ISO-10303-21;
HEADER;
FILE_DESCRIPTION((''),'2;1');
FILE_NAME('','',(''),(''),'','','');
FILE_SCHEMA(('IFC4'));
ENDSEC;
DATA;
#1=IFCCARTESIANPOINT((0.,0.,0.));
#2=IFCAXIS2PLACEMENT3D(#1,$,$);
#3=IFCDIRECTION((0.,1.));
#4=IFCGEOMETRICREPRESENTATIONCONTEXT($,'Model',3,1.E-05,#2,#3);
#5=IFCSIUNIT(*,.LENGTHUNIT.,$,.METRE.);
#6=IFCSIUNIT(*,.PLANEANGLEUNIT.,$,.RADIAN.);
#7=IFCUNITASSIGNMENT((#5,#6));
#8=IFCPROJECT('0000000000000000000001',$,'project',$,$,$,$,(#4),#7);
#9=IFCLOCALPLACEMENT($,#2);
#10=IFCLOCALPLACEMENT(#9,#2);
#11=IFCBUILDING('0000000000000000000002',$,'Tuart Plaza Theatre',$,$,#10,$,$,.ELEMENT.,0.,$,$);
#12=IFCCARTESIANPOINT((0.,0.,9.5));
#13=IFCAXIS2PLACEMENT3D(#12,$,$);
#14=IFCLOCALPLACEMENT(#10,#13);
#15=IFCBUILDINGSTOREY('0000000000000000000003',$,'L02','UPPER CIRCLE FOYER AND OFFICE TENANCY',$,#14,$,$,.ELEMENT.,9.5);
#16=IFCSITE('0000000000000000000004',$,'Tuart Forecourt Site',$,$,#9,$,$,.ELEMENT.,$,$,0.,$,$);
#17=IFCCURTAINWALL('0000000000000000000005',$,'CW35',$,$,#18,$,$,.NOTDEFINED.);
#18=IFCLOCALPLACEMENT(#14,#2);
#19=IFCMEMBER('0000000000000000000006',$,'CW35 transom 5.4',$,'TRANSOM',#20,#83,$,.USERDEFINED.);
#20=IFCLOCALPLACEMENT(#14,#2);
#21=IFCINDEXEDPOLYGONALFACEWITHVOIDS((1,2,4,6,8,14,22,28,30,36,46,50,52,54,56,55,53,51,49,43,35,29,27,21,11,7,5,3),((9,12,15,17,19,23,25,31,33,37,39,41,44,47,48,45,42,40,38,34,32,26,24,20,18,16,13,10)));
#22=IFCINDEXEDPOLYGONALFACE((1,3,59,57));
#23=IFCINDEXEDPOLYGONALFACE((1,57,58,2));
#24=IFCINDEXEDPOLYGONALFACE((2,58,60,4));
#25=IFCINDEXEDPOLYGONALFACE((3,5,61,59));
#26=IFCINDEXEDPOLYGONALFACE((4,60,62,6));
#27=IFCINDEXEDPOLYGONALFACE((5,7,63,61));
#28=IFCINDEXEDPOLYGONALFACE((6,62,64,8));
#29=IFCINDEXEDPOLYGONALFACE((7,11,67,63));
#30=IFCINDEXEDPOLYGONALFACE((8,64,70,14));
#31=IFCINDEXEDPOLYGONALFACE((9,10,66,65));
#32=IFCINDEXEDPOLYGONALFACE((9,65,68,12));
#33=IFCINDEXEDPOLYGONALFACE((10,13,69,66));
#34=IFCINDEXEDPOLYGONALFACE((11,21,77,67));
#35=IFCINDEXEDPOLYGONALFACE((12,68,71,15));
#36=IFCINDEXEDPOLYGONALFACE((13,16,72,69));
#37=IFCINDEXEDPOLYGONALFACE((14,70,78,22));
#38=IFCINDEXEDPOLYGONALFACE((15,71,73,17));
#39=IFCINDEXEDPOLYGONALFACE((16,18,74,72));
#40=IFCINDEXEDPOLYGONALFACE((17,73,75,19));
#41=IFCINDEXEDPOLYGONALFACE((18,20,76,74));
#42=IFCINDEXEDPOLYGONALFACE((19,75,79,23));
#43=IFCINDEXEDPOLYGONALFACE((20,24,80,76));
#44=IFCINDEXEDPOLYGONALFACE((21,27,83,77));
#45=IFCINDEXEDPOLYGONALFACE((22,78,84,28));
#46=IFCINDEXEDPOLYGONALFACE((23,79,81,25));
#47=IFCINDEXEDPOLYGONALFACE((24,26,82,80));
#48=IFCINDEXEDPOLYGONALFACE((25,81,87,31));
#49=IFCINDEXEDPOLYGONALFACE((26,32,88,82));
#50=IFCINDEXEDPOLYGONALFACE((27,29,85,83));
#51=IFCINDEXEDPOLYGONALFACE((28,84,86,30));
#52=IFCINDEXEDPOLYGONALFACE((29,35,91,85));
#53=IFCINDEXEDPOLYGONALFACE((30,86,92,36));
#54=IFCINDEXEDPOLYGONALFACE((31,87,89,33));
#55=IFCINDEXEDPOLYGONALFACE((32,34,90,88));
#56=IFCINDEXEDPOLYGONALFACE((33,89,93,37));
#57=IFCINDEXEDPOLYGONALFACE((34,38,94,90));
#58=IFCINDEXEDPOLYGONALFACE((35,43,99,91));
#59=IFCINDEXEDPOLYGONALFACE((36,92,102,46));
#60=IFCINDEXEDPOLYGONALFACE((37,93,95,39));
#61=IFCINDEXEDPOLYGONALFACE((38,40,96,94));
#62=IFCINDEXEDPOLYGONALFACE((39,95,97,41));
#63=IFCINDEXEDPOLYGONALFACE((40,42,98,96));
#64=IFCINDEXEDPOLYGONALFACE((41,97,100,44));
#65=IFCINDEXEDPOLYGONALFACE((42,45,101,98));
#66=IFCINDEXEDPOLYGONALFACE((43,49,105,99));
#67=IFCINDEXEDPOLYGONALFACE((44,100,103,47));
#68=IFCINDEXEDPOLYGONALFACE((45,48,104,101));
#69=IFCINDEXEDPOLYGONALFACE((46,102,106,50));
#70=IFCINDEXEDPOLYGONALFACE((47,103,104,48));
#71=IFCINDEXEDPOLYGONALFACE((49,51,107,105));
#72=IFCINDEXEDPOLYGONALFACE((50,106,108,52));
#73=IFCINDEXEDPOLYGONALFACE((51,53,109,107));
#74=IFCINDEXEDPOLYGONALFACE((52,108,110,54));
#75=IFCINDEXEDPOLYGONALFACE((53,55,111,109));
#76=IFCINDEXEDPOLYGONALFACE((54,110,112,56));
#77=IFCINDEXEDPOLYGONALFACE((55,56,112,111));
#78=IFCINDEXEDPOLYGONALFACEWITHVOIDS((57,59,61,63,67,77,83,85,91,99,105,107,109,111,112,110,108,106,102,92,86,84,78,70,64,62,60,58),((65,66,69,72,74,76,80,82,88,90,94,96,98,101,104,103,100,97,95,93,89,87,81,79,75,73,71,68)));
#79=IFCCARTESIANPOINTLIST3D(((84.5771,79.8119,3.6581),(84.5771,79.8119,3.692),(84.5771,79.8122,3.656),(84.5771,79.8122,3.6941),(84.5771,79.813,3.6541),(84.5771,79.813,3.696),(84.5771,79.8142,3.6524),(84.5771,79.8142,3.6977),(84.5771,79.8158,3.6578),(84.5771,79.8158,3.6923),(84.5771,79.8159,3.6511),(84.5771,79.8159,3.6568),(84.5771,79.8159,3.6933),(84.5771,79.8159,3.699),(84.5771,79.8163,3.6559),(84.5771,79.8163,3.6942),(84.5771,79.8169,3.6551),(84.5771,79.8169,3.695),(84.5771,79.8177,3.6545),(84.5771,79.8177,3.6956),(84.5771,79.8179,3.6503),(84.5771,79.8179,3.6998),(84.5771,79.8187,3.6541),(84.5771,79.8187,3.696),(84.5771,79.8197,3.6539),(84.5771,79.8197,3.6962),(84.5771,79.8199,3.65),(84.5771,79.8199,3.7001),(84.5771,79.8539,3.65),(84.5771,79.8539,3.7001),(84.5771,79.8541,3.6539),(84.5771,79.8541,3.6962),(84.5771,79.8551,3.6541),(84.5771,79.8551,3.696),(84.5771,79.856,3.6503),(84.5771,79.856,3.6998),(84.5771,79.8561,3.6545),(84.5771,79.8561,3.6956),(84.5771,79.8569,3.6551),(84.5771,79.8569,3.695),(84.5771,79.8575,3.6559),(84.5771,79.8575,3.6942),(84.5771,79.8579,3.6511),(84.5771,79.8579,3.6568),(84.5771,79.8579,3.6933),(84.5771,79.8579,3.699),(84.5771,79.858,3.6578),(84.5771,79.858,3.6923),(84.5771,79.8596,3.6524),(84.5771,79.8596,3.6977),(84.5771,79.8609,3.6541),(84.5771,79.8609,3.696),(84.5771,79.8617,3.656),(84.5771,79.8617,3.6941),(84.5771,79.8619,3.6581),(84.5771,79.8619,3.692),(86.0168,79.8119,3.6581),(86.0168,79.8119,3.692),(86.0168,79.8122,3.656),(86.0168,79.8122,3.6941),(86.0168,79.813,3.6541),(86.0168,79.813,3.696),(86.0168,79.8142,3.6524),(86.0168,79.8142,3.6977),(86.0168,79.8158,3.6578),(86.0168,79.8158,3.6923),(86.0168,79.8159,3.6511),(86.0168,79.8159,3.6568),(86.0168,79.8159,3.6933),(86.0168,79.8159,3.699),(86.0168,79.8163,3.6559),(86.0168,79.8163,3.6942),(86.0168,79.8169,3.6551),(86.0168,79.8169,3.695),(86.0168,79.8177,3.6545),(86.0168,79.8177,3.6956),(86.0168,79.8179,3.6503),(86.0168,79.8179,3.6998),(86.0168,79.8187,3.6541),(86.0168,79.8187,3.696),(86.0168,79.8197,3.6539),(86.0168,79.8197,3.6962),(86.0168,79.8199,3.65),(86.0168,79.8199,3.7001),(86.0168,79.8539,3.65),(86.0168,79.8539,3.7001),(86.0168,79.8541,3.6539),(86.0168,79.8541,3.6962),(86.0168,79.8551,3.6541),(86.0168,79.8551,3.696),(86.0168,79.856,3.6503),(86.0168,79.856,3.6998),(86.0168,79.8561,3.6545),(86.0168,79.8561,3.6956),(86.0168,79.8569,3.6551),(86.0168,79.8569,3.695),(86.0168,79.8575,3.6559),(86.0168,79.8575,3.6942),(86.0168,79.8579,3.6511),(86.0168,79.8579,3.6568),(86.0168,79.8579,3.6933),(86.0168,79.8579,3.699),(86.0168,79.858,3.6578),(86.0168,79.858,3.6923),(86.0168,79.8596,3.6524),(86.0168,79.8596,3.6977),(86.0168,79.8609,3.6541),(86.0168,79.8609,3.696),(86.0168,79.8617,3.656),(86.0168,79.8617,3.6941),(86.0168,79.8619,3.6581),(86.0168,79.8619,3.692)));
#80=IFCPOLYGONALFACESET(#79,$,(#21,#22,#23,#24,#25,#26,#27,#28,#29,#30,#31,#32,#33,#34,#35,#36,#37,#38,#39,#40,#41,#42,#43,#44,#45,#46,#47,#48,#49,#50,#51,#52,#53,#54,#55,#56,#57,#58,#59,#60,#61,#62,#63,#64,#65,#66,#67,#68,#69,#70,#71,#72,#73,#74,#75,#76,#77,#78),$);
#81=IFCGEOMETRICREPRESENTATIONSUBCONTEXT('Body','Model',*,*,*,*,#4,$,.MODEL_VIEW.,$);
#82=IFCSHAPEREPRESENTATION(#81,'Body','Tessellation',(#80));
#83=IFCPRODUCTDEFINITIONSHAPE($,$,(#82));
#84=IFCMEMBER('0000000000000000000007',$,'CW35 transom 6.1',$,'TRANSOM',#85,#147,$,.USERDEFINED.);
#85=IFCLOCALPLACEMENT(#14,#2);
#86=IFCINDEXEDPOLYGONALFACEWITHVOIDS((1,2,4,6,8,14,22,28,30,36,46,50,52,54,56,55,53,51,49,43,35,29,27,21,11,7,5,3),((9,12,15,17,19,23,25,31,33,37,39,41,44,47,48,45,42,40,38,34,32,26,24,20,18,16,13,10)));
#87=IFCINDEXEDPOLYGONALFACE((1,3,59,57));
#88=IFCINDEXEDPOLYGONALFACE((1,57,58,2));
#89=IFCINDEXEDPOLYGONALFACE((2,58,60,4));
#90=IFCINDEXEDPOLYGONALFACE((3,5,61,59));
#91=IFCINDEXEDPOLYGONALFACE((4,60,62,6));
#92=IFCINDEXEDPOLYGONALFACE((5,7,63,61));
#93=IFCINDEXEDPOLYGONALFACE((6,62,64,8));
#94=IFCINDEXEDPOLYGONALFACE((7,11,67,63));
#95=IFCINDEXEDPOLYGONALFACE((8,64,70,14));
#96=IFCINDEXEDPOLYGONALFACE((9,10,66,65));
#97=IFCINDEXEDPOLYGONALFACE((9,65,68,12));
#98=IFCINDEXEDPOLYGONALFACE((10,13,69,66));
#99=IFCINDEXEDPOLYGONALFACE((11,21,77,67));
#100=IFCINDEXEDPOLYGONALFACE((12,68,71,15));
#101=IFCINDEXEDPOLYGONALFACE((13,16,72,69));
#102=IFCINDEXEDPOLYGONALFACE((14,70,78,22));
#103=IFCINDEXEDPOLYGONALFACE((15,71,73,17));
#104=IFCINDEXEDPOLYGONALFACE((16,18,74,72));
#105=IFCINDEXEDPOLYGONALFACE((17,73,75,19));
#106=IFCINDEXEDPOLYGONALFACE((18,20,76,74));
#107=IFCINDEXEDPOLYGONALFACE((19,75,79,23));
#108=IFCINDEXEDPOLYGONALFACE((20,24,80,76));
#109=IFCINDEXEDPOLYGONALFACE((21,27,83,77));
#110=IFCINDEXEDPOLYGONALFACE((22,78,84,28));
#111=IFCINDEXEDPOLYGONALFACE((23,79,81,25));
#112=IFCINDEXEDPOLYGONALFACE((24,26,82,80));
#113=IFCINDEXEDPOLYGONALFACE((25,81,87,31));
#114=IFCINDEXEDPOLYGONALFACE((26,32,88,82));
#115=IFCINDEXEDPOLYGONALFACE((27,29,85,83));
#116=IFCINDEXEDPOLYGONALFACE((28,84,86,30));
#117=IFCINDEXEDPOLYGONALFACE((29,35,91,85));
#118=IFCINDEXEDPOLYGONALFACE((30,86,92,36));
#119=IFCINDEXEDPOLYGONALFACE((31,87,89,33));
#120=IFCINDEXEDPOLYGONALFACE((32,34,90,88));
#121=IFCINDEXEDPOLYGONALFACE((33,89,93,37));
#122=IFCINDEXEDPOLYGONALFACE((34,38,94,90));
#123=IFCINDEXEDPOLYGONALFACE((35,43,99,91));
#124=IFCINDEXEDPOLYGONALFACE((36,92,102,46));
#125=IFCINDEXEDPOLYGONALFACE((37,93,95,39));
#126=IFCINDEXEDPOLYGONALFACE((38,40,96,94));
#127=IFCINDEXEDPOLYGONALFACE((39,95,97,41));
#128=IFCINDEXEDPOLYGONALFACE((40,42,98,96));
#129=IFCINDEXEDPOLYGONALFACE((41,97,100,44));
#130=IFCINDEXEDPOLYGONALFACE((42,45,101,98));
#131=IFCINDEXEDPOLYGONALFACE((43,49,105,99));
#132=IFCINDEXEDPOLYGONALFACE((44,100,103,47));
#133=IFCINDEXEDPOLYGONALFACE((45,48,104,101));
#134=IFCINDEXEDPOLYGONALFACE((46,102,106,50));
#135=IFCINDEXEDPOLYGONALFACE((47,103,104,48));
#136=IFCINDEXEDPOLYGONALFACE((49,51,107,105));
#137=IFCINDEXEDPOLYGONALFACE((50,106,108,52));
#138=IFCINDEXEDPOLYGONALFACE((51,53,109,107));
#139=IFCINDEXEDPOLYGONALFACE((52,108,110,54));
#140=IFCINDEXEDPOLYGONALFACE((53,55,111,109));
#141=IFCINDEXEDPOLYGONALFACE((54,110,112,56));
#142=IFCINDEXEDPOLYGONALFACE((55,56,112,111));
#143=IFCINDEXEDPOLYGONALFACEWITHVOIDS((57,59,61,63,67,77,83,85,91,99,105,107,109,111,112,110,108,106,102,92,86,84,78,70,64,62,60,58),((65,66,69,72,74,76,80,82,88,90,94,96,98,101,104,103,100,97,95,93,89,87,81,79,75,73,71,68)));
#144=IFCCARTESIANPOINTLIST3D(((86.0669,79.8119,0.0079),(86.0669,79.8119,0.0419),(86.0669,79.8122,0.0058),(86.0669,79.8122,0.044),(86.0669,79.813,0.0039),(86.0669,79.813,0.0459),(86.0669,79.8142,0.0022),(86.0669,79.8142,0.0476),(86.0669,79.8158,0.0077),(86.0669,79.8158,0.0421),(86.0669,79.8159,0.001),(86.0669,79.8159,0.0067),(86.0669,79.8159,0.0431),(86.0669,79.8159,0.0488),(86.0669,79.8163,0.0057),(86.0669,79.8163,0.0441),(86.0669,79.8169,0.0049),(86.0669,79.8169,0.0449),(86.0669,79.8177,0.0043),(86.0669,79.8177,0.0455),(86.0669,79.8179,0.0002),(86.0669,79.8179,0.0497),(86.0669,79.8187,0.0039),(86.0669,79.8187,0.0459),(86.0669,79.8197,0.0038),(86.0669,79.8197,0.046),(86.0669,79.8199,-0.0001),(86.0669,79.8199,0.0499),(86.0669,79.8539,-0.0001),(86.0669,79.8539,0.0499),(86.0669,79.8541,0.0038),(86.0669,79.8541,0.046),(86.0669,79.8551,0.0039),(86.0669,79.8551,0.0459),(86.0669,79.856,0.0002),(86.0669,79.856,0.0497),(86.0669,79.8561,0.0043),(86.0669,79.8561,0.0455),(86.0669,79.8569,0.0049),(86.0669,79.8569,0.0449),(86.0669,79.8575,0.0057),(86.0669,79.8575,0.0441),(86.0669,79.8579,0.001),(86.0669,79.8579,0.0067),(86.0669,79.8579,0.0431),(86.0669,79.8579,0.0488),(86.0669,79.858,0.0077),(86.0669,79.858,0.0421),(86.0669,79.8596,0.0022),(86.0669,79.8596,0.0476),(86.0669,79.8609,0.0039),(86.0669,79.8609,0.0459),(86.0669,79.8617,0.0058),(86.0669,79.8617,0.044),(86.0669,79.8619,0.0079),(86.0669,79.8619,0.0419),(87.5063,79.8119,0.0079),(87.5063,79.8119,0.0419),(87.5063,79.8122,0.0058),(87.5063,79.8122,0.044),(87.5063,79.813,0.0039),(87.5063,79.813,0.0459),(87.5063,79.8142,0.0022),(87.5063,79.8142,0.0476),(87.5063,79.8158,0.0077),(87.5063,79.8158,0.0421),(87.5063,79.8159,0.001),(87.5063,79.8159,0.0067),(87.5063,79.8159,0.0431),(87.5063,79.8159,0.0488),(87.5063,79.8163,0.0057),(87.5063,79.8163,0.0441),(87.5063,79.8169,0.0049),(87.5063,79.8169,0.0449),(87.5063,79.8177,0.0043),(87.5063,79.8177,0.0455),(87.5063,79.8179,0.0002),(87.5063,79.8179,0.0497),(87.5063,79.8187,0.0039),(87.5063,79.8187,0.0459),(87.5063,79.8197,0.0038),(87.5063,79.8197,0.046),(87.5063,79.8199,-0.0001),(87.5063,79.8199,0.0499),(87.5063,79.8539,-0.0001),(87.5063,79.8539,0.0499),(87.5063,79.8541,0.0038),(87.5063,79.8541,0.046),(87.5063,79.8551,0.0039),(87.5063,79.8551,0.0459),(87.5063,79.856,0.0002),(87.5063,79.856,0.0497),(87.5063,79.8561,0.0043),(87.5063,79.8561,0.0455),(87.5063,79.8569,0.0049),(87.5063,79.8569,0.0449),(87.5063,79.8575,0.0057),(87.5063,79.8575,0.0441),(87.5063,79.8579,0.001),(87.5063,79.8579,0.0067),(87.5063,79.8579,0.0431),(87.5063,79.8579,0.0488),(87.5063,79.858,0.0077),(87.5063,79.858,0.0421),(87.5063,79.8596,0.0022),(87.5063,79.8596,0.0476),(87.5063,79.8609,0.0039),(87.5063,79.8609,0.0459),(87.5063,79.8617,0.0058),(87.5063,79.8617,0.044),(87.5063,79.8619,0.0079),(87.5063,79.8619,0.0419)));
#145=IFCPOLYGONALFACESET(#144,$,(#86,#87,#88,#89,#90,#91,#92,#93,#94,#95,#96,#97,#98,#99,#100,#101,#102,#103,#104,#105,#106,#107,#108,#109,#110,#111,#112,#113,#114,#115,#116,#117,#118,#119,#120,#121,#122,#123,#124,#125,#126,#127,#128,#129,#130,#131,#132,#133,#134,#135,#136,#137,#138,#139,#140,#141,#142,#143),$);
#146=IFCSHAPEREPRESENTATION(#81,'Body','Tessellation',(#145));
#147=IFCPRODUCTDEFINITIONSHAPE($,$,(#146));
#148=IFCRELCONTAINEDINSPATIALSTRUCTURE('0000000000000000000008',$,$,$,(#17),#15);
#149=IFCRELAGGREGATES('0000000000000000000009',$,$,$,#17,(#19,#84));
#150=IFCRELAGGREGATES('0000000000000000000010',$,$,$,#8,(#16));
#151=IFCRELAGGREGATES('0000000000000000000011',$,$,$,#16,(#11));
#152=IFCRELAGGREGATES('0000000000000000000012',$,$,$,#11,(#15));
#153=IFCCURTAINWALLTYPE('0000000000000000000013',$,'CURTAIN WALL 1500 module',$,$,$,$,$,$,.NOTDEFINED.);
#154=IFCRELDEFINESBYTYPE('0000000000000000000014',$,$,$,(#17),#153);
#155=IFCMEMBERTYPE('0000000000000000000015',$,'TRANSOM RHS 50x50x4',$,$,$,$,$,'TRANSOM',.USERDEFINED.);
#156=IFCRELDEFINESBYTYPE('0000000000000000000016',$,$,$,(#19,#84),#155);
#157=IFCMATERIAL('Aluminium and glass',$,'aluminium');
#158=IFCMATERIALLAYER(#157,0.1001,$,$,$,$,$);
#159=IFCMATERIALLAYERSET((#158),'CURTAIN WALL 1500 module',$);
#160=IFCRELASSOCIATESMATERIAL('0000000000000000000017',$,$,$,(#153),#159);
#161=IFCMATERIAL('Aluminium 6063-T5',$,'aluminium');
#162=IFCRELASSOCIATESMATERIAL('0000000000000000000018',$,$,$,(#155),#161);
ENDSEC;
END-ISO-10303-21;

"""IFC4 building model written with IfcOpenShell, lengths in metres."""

from ifc_helpers import new_model, si_unit, direction, frame, origin, origin_2d, place, context, subcontext, project, spatial, hollow_rectangle, extrude, material, layer, layer_set, material_profile, profile_set, type_object, element, aggregate, save


model = new_model("IFC4")

# Units and contexts
model_context = context("Model", 3, precision=1e-05, world=origin(), true_north=direction((0.0, 1.0)))
body_context = subcontext(model_context, "Body", "Model", "MODEL_VIEW")
ifc_project = project(units=[si_unit("LENGTHUNIT", "METRE"), si_unit("PLANEANGLEUNIT", "RADIAN")], contexts=[model_context])

# Site, building, storey
site_placement = place(None, origin())
site = spatial("IfcSite", under=ifc_project, at=site_placement, Name="Tuart Forecourt Site", CompositionType="ELEMENT", RefElevation=0.0)
building_placement = place(site_placement, origin())
building = spatial("IfcBuilding", under=site, at=building_placement, Name="Tuart Plaza Theatre", CompositionType="ELEMENT", ElevationOfRefHeight=0.0)
storey_placement = place(building_placement, frame((0.0, 0.0, 9.5)))
storey = spatial("IfcBuildingStorey", under=building, at=storey_placement, Name="L02", Description="UPPER CIRCLE FOYER AND OFFICE TENANCY", CompositionType="ELEMENT", Elevation=9.5)

# Curtain wall, members
ifc_material_1 = material(Name="Aluminium and glass", Category="aluminium")
ifc_layer_1 = layer(ifc_material_1, 0.1001)
ifc_layer_set_1 = layer_set([ifc_layer_1], Name="CURTAIN WALL 1500 module")
curtain_wall_type = type_object("IfcCurtainWallType", Name="CURTAIN WALL 1500 module", PredefinedType="NOTDEFINED", material=ifc_layer_set_1)
curtain_wall_placement = place(storey_placement, origin())
curtain_wall = element("IfcCurtainWall", 1, at=curtain_wall_placement, inside=storey, type_object=curtain_wall_type, Name="CW35", PredefinedType="NOTDEFINED")
ifc_material_2 = material(Name="Aluminium 6063-T5", Category="aluminium")
ifc_material_profile_1 = material_profile(ifc_material_2, hollow_rectangle(XDim=0.05, YDim=0.05, WallThickness=0.0039, InnerFilletRadius=0.0039, OuterFilletRadius=0.0081, at=origin_2d()), Name="RHS 50x50x4")
ifc_profile_set_1 = profile_set([ifc_material_profile_1], Name="Aluminium 6063-T5")
member_type_1 = type_object("IfcMemberType", Name="TRANSOM RHS 50x50x4", ElementType="TRANSOM", PredefinedType="USERDEFINED", material=ifc_profile_set_1)
member_1_placement = place(storey_placement, frame((84.5771, 79.8369, 3.675), z_axis=(1.0, 0.0, 0.0), x_axis=(0.0, 1.0, 0.0)))
member_1 = element("IfcMember", 2, at=member_1_placement, type_object=member_type_1, Name="CW35 transom 5.4", ObjectType="TRANSOM", PredefinedType="USERDEFINED", context=body_context, shape_type="SweptSolid", body=[
    extrude(hollow_rectangle(XDim=0.05, YDim=0.05, WallThickness=0.0039, InnerFilletRadius=0.0039, OuterFilletRadius=0.0081, at=origin_2d()), origin(), (0.0, 0.0, 1.0), 1.4397),
])
member_2_placement = place(storey_placement, frame((86.0669, 79.8369, 0.0249), z_axis=(1.0, 0.0, 0.0), x_axis=(0.0, 1.0, 0.0)))
member_2 = element("IfcMember", 3, at=member_2_placement, type_object=member_type_1, Name="CW35 transom 6.1", ObjectType="TRANSOM", PredefinedType="USERDEFINED", context=body_context, shape_type="SweptSolid", body=[
    extrude(hollow_rectangle(XDim=0.05, YDim=0.05, WallThickness=0.0039, InnerFilletRadius=0.0039, OuterFilletRadius=0.0081, at=origin_2d()), origin(), (0.0, 0.0, 1.0), 1.4395),
])
aggregate(curtain_wall, [member_1, member_2])

save(model, "model.ifc")
